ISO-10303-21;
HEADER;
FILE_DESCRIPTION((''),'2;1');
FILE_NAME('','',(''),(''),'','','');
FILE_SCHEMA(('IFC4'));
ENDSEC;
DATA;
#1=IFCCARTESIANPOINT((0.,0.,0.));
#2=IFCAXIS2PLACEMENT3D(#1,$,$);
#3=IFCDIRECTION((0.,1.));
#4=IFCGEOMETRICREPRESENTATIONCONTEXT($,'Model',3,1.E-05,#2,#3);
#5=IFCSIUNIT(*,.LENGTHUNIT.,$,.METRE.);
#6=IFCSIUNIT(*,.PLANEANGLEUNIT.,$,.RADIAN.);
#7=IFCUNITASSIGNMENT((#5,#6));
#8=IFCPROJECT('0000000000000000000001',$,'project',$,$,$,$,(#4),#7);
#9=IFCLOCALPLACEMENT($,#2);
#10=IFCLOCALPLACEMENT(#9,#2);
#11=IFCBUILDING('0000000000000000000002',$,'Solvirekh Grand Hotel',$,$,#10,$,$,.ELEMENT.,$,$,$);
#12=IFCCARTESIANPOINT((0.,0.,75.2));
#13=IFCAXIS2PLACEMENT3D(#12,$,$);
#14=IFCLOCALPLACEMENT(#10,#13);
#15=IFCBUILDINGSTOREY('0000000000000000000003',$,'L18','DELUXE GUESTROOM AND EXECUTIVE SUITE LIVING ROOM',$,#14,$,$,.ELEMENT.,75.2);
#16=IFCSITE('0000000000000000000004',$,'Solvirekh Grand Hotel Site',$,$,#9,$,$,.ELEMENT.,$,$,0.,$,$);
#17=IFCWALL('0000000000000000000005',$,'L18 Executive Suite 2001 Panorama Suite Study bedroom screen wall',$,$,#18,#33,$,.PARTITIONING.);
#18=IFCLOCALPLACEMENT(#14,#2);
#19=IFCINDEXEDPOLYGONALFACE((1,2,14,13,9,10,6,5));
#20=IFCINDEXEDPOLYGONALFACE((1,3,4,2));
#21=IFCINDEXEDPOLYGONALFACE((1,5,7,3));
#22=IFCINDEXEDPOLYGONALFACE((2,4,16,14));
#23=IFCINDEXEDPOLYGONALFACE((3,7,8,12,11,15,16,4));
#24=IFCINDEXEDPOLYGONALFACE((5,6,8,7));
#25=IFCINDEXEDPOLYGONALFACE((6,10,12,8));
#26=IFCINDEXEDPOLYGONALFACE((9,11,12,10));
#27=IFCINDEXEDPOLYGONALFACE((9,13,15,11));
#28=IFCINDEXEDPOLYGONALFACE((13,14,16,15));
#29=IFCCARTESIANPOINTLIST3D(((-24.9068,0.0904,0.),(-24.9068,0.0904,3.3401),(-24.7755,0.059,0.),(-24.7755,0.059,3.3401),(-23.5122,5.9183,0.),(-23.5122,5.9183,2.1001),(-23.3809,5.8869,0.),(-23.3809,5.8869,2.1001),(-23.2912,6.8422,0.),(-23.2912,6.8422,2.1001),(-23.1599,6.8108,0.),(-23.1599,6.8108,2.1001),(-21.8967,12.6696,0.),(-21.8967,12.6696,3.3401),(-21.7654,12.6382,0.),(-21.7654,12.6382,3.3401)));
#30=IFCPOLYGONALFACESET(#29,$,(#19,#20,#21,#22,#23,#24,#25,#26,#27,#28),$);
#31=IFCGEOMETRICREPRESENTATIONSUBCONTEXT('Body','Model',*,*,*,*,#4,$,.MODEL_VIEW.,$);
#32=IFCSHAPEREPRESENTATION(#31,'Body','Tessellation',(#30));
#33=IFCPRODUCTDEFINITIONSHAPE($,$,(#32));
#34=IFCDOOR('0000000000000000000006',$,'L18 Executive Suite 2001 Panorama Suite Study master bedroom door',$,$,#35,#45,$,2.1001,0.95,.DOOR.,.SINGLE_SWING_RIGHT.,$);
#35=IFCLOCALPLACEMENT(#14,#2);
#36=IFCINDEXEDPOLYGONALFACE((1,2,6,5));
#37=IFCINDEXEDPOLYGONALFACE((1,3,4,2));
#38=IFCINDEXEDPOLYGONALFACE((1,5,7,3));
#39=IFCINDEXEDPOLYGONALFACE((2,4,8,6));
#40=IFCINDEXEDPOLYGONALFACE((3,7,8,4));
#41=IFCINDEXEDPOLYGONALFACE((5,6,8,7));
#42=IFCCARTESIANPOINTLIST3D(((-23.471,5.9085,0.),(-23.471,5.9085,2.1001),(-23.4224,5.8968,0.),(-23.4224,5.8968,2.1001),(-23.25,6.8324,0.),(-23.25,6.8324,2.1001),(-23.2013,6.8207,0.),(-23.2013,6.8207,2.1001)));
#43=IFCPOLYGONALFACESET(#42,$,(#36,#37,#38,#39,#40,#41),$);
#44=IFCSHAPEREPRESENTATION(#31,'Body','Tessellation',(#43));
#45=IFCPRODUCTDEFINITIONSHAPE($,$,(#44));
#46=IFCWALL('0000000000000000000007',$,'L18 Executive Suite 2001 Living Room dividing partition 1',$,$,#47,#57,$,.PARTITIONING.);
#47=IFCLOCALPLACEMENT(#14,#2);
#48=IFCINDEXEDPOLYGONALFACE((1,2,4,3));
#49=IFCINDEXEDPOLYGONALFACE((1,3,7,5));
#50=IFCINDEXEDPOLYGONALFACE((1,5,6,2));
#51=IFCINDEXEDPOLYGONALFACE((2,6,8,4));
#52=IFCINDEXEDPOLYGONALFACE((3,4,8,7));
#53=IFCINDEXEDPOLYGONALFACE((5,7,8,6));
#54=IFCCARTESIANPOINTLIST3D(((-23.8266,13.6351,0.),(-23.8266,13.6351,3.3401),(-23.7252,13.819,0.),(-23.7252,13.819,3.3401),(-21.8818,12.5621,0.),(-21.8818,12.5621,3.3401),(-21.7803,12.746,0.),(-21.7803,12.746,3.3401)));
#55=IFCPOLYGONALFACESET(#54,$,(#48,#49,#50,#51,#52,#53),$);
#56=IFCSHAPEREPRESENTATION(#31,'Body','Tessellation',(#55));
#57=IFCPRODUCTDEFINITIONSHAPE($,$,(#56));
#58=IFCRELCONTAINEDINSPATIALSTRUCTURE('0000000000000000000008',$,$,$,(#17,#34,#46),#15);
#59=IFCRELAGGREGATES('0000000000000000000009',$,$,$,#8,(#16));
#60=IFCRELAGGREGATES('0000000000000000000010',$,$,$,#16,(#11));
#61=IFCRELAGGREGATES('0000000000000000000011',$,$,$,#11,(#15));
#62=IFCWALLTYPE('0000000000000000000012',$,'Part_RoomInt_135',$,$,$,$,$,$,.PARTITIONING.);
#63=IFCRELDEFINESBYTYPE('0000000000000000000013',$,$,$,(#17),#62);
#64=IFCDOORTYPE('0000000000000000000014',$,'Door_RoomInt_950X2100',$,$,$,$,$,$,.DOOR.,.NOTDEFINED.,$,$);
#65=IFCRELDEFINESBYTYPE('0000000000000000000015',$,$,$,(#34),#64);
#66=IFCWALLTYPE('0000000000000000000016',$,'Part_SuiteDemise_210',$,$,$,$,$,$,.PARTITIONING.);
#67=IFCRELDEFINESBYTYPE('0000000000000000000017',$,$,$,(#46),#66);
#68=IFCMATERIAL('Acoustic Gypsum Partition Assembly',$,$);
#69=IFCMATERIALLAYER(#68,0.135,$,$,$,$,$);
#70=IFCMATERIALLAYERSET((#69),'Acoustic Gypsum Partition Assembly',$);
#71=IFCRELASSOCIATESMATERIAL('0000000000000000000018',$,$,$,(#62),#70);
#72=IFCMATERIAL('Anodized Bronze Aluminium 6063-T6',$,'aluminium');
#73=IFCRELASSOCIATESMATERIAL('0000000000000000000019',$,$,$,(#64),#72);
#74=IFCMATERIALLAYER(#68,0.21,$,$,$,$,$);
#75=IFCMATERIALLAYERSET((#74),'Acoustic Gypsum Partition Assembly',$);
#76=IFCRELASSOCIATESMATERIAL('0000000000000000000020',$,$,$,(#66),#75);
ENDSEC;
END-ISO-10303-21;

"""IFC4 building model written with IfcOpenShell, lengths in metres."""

from ifc_helpers import new_model, si_unit, direction, frame, frame_2d, origin, place, context, subcontext, project, spatial, rectangle, extrude, material, layer, layer_set, type_object, element, fill, save


model = new_model("IFC4")

# Units and contexts
model_context = context("Model", 3, precision=1e-05, world=origin(), true_north=direction((0.0, 1.0)))
body_context = subcontext(model_context, "Body", "Model", "MODEL_VIEW")
ifc_project = project(units=[si_unit("LENGTHUNIT", "METRE"), si_unit("PLANEANGLEUNIT", "RADIAN")], contexts=[model_context])

# Site, building, storey
site_placement = place(None, origin())
site = spatial("IfcSite", under=ifc_project, at=site_placement, Name="Solvirekh Grand Hotel Site", CompositionType="ELEMENT", RefElevation=0.0)
building_placement = place(site_placement, origin())
building = spatial("IfcBuilding", under=site, at=building_placement, Name="Solvirekh Grand Hotel", CompositionType="ELEMENT")
storey_placement = place(building_placement, frame((0.0, 0.0, 75.2)))
storey = spatial("IfcBuildingStorey", under=building, at=storey_placement, Name="L18", Description="DELUXE GUESTROOM AND EXECUTIVE SUITE LIVING ROOM", CompositionType="ELEMENT", Elevation=75.2)

# Shared definitions
ifc_material_1 = material(Name="Anodized Bronze Aluminium 6063-T6", Category="aluminium")

# Wall, opening, door
ifc_material_2 = material(Name="Acoustic Gypsum Partition Assembly")
ifc_layer_1 = layer(ifc_material_2, 0.135)
ifc_layer_set_1 = layer_set([ifc_layer_1], Name="Acoustic Gypsum Partition Assembly")
wall_type_1 = type_object("IfcWallType", Name="Part_RoomInt_135", PredefinedType="PARTITIONING", material=ifc_layer_set_1)
door_type = type_object("IfcDoorType", Name="Door_RoomInt_950X2100", OperationType="NOTDEFINED", PredefinedType="DOOR", material=ifc_material_1)
wall_1_placement = place(storey_placement, frame((-21.8311, 12.6541, 0.0), z_axis=(0.0, 0.0, 1.0), x_axis=(-0.232717, -0.972545, 0.0)))
wall_1 = element("IfcWall", 1, at=wall_1_placement, inside=storey, type_object=wall_type_1, Name="L18 Executive Suite 2001 Panorama Suite Study bedroom screen wall", PredefinedType="PARTITIONING", context=body_context, shape_type="SweptSolid", body=[
    extrude(rectangle(XDim=12.9343, YDim=0.135, at=frame_2d((6.4673, 0.0))), origin(), (0.0, 0.0, 1.0), 3.3401),
])
opening_1_placement = place(wall_1_placement, frame((5.9919, 0.0, 0.0)))
opening_1 = element("IfcOpeningElement", 2, at=opening_1_placement, cuts=wall_1, PredefinedType="OPENING", context=body_context, shape_type="SweptSolid", body=[
    extrude(rectangle(XDim=0.95, YDim=2.1001, at=frame_2d((0.4751, 1.05))), frame((0.0, 0.0776, 0.0), z_axis=(0.0, -1.0, 0.0), x_axis=(1.0, 0.0, 0.0)), (0.0, 0.0, 1.0), 0.155),
])
door_1_placement = place(opening_1_placement, origin())
door_1 = element("IfcDoor", 3, at=door_1_placement, inside=storey, type_object=door_type, Name="L18 Executive Suite 2001 Panorama Suite Study master bedroom door", OperationType="SINGLE_SWING_RIGHT", OverallHeight=2.1001, OverallWidth=0.95, PredefinedType="DOOR", context=body_context, shape_type="SweptSolid", body=[
    extrude(rectangle(XDim=0.95, YDim=2.1001, at=frame_2d((0.4751, 1.05))), frame((0.0, 0.0249, 0.0), z_axis=(0.0, -1.0, 0.0), x_axis=(1.0, 0.0, 0.0)), (0.0, 0.0, 1.0), 0.05),
])
fill(opening_1, door_1)

# Wall
ifc_layer_2 = layer(ifc_material_2, 0.21)
ifc_layer_set_2 = layer_set([ifc_layer_2], Name="Acoustic Gypsum Partition Assembly")
wall_type_2 = type_object("IfcWallType", Name="Part_SuiteDemise_210", PredefinedType="PARTITIONING", material=ifc_layer_set_2)
wall_2_placement = place(storey_placement, frame((-21.8311, 12.6541, 0.0), z_axis=(0.0, 0.0, 1.0), x_axis=(-0.875579, 0.483074, 0.0)))
element("IfcWall", 4, at=wall_2_placement, inside=storey, type_object=wall_type_2, Name="L18 Executive Suite 2001 Living Room dividing partition 1", PredefinedType="PARTITIONING", context=body_context, shape_type="SweptSolid", body=[
    extrude(rectangle(XDim=2.2212, YDim=0.21, at=frame_2d((1.1106, 0.0))), origin(), (0.0, 0.0, 1.0), 3.3401),
])

save(model, "model.ifc")
